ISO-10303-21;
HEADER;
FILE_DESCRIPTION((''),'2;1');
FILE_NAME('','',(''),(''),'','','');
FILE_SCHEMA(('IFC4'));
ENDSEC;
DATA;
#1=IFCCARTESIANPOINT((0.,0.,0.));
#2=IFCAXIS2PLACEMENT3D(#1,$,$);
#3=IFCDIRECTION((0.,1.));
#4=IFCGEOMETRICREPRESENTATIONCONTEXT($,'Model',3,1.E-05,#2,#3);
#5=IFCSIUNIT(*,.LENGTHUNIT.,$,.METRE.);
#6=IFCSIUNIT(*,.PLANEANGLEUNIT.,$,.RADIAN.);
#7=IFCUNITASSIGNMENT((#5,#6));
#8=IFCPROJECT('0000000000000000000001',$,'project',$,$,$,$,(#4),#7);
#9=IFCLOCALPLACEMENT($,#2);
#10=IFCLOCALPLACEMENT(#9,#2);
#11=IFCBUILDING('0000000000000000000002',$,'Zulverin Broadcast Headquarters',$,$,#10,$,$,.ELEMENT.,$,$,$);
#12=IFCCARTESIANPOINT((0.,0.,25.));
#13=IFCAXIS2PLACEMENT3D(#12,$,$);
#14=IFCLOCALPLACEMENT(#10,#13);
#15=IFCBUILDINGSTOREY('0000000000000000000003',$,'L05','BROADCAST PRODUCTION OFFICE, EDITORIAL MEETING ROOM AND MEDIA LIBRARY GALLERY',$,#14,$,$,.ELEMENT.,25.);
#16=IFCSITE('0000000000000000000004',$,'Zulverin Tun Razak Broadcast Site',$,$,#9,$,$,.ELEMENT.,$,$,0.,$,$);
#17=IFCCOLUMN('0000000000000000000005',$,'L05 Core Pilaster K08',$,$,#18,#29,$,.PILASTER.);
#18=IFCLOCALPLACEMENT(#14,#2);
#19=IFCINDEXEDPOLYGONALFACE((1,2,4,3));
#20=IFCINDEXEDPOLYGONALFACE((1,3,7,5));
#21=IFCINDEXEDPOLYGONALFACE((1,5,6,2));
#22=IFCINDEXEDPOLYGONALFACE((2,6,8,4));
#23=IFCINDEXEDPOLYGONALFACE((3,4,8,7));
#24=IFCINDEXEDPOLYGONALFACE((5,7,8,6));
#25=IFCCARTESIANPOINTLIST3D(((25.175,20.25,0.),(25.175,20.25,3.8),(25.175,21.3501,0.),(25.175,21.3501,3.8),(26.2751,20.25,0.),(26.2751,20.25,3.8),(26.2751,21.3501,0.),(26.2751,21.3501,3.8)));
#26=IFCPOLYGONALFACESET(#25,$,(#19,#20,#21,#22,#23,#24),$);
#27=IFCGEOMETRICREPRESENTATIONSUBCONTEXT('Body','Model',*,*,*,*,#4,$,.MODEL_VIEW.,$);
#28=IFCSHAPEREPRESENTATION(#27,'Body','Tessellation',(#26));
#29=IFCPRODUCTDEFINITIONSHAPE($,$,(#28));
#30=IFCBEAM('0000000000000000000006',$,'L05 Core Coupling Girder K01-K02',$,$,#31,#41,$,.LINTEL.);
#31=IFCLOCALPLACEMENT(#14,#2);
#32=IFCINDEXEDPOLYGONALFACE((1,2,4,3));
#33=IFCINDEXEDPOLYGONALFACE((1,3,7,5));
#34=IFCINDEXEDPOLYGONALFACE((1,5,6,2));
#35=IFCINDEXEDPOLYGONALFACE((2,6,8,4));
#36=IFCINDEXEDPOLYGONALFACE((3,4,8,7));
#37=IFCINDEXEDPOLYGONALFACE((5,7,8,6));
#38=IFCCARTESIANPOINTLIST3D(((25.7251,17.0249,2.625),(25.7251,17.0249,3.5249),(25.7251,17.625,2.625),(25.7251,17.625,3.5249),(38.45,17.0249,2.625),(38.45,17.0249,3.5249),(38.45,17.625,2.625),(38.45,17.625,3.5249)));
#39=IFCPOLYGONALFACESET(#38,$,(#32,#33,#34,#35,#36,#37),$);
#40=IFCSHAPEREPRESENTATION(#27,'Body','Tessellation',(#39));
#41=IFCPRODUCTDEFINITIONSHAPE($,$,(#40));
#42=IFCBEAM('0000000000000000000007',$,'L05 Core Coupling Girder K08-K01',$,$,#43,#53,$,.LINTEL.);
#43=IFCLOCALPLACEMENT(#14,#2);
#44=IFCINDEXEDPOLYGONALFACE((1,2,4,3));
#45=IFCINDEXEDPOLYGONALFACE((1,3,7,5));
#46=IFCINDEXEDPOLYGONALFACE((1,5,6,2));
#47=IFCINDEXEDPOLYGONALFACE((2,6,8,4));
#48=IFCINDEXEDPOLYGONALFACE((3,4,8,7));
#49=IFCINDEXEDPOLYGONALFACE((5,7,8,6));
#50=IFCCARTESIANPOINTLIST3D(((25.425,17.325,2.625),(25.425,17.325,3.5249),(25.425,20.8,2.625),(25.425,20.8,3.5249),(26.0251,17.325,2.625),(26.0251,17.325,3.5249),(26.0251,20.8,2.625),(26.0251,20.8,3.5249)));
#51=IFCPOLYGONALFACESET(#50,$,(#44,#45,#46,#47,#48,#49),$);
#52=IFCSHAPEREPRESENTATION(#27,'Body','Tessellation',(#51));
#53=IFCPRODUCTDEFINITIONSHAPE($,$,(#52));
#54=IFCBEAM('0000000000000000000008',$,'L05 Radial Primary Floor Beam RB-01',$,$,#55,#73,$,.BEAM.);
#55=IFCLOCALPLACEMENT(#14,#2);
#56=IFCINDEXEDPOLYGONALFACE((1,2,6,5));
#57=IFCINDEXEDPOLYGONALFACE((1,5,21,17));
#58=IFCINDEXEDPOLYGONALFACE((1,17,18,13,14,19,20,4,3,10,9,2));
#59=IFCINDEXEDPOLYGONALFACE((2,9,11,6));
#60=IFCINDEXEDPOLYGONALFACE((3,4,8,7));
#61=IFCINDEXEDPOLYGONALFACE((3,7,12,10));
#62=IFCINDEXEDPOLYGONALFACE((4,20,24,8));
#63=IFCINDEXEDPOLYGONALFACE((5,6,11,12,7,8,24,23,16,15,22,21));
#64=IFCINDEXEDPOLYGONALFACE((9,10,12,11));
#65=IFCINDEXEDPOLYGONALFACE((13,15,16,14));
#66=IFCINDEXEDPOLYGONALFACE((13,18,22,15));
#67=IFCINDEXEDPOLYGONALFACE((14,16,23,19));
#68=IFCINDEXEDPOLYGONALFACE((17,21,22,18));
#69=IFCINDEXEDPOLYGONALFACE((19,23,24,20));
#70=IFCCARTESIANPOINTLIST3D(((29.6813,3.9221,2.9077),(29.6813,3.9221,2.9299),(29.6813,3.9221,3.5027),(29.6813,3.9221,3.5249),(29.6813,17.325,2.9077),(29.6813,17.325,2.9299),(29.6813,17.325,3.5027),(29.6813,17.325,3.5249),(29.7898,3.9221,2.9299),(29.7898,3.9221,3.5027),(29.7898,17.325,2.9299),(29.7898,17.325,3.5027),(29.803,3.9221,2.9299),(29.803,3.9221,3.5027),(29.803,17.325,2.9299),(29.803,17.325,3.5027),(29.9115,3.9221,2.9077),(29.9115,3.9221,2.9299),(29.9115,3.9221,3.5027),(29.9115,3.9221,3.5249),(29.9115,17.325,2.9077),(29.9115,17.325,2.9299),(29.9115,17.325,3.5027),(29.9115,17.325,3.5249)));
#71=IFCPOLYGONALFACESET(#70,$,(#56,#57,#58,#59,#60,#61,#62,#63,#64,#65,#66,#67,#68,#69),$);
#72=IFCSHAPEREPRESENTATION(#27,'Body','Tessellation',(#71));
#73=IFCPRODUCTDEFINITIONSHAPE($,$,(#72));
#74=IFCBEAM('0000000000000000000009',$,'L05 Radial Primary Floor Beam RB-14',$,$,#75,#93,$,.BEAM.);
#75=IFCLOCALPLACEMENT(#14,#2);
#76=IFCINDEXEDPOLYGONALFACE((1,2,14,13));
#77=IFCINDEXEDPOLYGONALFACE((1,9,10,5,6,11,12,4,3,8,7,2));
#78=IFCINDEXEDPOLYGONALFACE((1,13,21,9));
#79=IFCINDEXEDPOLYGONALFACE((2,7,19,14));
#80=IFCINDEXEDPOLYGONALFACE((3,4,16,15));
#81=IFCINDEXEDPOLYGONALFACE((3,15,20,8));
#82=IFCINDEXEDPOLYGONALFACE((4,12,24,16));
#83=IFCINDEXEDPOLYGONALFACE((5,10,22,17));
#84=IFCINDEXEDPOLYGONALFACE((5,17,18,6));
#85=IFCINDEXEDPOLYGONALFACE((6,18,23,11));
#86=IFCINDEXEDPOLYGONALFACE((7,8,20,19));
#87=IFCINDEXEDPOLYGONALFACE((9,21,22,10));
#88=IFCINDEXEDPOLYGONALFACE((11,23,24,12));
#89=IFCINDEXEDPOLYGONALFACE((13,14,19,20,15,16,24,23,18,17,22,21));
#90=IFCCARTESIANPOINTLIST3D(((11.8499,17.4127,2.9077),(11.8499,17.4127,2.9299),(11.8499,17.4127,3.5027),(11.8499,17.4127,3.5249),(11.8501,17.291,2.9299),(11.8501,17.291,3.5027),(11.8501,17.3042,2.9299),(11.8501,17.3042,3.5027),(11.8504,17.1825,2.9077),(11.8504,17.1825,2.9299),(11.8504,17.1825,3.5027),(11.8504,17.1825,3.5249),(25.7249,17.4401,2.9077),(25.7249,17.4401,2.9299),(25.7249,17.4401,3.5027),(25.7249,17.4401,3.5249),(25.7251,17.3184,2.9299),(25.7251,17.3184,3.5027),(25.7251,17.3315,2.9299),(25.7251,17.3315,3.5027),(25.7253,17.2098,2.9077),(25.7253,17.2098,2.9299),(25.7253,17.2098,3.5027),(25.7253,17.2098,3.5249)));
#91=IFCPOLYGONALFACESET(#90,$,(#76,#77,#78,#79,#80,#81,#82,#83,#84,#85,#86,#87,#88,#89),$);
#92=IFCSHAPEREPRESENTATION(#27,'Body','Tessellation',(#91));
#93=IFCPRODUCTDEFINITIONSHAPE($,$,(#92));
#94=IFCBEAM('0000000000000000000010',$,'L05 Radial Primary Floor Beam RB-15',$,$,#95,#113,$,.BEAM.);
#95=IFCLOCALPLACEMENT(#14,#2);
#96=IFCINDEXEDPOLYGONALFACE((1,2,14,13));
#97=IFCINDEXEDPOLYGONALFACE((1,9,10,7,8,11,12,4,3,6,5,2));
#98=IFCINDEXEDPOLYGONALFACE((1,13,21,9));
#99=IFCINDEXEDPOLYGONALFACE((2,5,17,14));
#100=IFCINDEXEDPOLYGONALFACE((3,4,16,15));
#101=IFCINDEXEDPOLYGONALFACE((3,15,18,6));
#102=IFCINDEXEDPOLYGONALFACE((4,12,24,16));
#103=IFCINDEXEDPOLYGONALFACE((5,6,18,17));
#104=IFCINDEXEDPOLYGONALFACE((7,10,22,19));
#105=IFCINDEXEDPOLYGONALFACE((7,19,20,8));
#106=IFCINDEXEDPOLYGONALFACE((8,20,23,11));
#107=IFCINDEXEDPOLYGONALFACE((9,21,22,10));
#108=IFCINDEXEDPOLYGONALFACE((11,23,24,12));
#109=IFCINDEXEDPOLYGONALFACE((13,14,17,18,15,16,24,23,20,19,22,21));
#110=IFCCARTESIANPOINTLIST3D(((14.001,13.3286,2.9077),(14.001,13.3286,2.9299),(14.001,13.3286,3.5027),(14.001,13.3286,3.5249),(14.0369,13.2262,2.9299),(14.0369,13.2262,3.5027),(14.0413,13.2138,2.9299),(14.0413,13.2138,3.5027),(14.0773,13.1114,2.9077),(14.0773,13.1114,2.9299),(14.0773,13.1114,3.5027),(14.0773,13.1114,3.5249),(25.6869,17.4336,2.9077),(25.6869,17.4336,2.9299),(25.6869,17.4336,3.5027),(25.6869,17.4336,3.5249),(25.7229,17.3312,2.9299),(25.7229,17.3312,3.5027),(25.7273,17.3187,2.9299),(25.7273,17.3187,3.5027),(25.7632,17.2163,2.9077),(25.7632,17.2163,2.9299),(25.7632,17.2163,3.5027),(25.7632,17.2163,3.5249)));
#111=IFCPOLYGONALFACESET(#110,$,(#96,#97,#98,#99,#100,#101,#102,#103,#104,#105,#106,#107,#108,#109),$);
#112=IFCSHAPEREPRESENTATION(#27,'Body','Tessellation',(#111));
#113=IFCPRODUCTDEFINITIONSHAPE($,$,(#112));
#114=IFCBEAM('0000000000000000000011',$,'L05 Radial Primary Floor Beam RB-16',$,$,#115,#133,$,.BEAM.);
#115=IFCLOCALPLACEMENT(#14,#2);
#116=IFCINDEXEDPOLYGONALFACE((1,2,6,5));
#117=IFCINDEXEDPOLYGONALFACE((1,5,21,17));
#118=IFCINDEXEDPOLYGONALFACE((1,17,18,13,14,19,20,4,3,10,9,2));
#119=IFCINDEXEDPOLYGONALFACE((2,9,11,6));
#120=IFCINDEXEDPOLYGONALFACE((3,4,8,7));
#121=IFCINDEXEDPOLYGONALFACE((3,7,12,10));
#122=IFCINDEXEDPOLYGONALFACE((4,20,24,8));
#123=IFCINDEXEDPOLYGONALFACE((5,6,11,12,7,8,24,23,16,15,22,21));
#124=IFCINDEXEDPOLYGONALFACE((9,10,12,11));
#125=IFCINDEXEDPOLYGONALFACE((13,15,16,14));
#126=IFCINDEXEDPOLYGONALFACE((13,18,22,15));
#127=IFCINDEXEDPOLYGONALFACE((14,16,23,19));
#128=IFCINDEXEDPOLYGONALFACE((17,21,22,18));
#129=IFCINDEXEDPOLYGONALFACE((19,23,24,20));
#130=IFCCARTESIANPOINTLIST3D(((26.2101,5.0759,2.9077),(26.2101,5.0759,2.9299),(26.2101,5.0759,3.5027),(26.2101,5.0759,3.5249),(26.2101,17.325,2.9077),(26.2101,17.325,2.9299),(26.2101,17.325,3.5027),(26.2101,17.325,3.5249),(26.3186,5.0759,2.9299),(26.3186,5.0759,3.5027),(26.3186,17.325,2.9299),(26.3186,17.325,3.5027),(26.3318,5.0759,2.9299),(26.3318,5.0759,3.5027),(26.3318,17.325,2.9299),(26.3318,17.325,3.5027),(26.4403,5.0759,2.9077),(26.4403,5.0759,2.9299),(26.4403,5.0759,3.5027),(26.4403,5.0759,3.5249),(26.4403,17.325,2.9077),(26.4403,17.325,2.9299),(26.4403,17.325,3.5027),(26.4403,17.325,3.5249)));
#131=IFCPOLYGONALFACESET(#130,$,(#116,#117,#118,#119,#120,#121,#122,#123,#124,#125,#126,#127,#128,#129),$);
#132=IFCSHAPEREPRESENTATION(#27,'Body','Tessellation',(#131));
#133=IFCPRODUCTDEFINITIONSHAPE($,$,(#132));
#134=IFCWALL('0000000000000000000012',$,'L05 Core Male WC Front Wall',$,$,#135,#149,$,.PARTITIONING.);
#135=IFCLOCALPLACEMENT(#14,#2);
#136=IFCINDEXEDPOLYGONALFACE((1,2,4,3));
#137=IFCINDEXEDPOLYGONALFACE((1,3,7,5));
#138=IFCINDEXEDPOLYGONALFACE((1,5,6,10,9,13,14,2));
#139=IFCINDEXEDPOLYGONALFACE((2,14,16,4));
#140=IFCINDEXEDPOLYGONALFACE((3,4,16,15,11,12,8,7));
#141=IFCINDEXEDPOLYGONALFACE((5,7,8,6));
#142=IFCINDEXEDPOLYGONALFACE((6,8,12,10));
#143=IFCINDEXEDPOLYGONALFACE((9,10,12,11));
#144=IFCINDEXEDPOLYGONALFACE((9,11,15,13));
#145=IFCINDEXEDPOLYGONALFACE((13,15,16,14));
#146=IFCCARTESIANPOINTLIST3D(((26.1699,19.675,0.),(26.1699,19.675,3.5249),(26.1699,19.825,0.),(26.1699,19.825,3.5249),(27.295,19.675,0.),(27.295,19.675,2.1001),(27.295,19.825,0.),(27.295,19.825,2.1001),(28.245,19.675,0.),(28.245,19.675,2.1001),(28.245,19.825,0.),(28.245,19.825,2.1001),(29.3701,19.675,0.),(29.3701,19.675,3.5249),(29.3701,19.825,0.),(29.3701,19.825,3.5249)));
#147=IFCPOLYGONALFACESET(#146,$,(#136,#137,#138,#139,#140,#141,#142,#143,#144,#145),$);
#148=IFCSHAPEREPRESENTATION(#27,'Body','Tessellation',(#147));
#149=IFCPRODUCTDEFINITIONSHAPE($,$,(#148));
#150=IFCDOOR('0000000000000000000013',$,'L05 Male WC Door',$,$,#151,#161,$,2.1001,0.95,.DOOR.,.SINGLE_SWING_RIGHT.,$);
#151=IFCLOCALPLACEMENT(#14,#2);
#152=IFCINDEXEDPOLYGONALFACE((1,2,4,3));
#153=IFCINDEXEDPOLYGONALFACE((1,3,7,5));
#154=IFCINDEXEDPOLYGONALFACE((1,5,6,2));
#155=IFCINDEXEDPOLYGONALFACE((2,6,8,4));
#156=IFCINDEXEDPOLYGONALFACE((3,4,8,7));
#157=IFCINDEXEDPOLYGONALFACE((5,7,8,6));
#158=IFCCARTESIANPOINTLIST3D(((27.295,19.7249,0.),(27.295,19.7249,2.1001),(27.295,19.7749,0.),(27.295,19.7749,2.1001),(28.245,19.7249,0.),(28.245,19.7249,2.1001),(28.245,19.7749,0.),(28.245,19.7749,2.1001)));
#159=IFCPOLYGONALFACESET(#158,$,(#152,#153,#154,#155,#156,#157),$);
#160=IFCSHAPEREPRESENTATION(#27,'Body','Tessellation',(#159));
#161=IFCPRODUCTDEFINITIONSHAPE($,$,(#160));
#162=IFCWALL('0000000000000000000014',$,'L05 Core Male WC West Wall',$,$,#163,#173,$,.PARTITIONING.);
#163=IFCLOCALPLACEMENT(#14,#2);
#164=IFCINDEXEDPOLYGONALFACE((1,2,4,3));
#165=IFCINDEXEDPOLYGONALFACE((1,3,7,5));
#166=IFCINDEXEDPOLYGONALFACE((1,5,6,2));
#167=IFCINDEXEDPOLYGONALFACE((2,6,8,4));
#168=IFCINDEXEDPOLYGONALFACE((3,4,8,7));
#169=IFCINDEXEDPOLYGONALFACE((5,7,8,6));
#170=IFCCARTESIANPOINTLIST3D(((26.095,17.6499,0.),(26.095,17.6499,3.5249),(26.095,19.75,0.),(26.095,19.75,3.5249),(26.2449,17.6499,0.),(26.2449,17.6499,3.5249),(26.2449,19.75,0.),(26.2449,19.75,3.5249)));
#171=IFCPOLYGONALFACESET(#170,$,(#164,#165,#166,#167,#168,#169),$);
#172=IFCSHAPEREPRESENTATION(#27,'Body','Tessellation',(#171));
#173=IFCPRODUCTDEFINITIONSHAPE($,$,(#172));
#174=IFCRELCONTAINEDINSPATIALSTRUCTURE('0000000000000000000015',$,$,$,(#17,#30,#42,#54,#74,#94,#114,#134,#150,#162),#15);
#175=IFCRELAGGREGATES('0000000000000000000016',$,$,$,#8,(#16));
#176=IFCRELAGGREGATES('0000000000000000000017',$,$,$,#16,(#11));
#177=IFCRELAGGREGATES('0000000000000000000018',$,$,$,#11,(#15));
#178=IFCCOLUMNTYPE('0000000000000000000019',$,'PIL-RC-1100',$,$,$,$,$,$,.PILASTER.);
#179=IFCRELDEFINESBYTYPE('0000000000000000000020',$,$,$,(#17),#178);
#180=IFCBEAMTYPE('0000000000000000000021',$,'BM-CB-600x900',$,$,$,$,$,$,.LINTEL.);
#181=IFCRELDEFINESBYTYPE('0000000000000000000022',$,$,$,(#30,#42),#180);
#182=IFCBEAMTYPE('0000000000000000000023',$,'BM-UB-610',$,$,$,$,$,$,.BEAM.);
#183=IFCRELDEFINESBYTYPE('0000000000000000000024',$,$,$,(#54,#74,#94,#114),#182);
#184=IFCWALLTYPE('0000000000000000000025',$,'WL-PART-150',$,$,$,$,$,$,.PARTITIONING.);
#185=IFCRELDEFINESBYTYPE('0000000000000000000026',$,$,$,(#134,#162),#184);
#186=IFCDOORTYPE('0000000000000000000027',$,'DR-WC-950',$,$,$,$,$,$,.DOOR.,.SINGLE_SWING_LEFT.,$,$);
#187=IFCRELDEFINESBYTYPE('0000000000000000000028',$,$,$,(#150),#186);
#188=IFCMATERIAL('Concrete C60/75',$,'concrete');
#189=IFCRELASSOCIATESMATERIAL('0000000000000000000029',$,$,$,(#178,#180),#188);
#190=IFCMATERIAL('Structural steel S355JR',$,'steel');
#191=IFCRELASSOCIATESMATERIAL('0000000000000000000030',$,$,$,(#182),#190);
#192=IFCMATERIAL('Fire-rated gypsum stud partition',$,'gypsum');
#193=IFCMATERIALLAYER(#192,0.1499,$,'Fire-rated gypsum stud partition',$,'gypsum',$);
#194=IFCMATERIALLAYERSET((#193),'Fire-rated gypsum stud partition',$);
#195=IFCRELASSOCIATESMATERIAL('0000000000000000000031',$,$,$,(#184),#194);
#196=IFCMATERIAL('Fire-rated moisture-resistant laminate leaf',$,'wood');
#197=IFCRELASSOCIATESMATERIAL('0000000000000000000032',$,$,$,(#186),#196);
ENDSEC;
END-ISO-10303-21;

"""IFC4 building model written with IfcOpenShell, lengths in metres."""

from ifc_helpers import new_model, si_unit, direction, frame, frame_2d, origin, origin_2d, place, context, subcontext, project, spatial, rectangle, i_section, extrude, material, layer, layer_set, material_profile, profile_set, type_object, element, fill, save


model = new_model("IFC4")

# Units and contexts
model_context = context("Model", 3, precision=1e-05, world=origin(), true_north=direction((0.0, 1.0)))
body_context = subcontext(model_context, "Body", "Model", "MODEL_VIEW")
ifc_project = project(units=[si_unit("LENGTHUNIT", "METRE"), si_unit("PLANEANGLEUNIT", "RADIAN")], contexts=[model_context])

# Site, building, storey
site_placement = place(None, origin())
site = spatial("IfcSite", under=ifc_project, at=site_placement, Name="Zulverin Tun Razak Broadcast Site", CompositionType="ELEMENT", RefElevation=0.0)
building_placement = place(site_placement, origin())
building = spatial("IfcBuilding", under=site, at=building_placement, Name="Zulverin Broadcast Headquarters", CompositionType="ELEMENT")
storey_placement = place(building_placement, frame((0.0, 0.0, 25.0)))
storey = spatial("IfcBuildingStorey", under=building, at=storey_placement, Name="L05", Description="BROADCAST PRODUCTION OFFICE, EDITORIAL MEETING ROOM AND MEDIA LIBRARY GALLERY", CompositionType="ELEMENT", Elevation=25.0)

# Column
ifc_material_1 = material(Name="Concrete C60/75", Category="concrete")
ifc_material_profile_1 = material_profile(ifc_material_1, rectangle(XDim=1.1001, YDim=1.1001, at=origin_2d()), Name="Concrete C60/75", Category="concrete")
ifc_profile_set_1 = profile_set([ifc_material_profile_1], Name="Concrete C60/75")
column_type = type_object("IfcColumnType", Name="PIL-RC-1100", PredefinedType="PILASTER", material=ifc_profile_set_1)
column_placement = place(storey_placement, frame((25.7251, 20.8, 0.0), z_axis=(0.0, 0.0, 1.0), x_axis=(1.0, 0.0, 0.0)))
element("IfcColumn", 1, at=column_placement, inside=storey, type_object=column_type, Name="L05 Core Pilaster K08", PredefinedType="PILASTER", context=body_context, shape_type="SweptSolid", body=[
    extrude(rectangle(XDim=1.1001, YDim=1.1001, at=origin_2d()), origin(), (0.0, 0.0, 1.0), 3.8),
])

# Beams
ifc_material_profile_2 = material_profile(ifc_material_1, rectangle(XDim=0.6001, YDim=0.8999, at=origin_2d()), Name="Concrete C60/75", Category="concrete")
ifc_profile_set_2 = profile_set([ifc_material_profile_2], Name="Concrete C60/75")
beam_type_1 = type_object("IfcBeamType", Name="BM-CB-600x900", PredefinedType="LINTEL", material=ifc_profile_set_2)
beam_1_placement = place(storey_placement, frame((25.7251, 17.325, 3.075), z_axis=(1.0, 0.0, 0.0), x_axis=(0.0, 1.0, 0.0)))
element("IfcBeam", 2, at=beam_1_placement, inside=storey, type_object=beam_type_1, Name="L05 Core Coupling Girder K01-K02", PredefinedType="LINTEL", context=body_context, shape_type="SweptSolid", body=[
    extrude(rectangle(XDim=0.6001, YDim=0.8999, at=origin_2d()), origin(), (0.0, 0.0, 1.0), 12.7249),
])
beam_2_placement = place(storey_placement, frame((25.7251, 20.8, 3.075), z_axis=(0.0, -1.0, 0.0), x_axis=(1.0, 0.0, 0.0)))
element("IfcBeam", 3, at=beam_2_placement, inside=storey, type_object=beam_type_1, Name="L05 Core Coupling Girder K08-K01", PredefinedType="LINTEL", context=body_context, shape_type="SweptSolid", body=[
    extrude(rectangle(XDim=0.6001, YDim=0.8999, at=origin_2d()), origin(), (0.0, 0.0, 1.0), 3.4751),
])
ifc_material_2 = material(Name="Structural steel S355JR", Category="steel")
ifc_material_profile_3 = material_profile(ifc_material_2, i_section(OverallWidth=0.2302, OverallDepth=0.6172, WebThickness=0.0132, FlangeThickness=0.0222, at=origin_2d()), Name="Structural steel S355JR", Category="steel")
ifc_profile_set_3 = profile_set([ifc_material_profile_3], Name="Structural steel S355JR")
beam_type_2 = type_object("IfcBeamType", Name="BM-UB-610", PredefinedType="BEAM", material=ifc_profile_set_3)
beam_3_placement = place(storey_placement, frame((29.7964, 17.325, 3.2163), z_axis=(0.0, -1.0, 0.0), x_axis=(1.0, 0.0, 0.0)))
element("IfcBeam", 4, at=beam_3_placement, inside=storey, type_object=beam_type_2, Name="L05 Radial Primary Floor Beam RB-01", PredefinedType="BEAM", context=body_context, shape_type="SweptSolid", body=[
    extrude(i_section(OverallWidth=0.2302, OverallDepth=0.6172, WebThickness=0.0132, FlangeThickness=0.0222, at=origin_2d()), origin(), (0.0, 0.0, 1.0), 13.4028),
])
beam_4_placement = place(storey_placement, frame((25.7251, 17.325, 3.2163), z_axis=(-0.999998, -0.001971, 0.0), x_axis=(0.001971, -0.999998, 0.0)))
element("IfcBeam", 5, at=beam_4_placement, inside=storey, type_object=beam_type_2, Name="L05 Radial Primary Floor Beam RB-14", PredefinedType="BEAM", context=body_context, shape_type="SweptSolid", body=[
    extrude(i_section(OverallWidth=0.2302, OverallDepth=0.6172, WebThickness=0.0132, FlangeThickness=0.0222, at=origin_2d()), origin(), (0.0, 0.0, 1.0), 13.875),
])
beam_5_placement = place(storey_placement, frame((25.7251, 17.325, 3.2163), z_axis=(-0.943483, -0.33142, 0.0), x_axis=(0.33142, -0.943483, 0.0)))
element("IfcBeam", 6, at=beam_5_placement, inside=storey, type_object=beam_type_2, Name="L05 Radial Primary Floor Beam RB-15", PredefinedType="BEAM", context=body_context, shape_type="SweptSolid", body=[
    extrude(i_section(OverallWidth=0.2302, OverallDepth=0.6172, WebThickness=0.0132, FlangeThickness=0.0222, at=origin_2d()), origin(), (0.0, 0.0, 1.0), 12.386),
])
beam_6_placement = place(storey_placement, frame((26.3252, 17.325, 3.2163), z_axis=(0.0, -1.0, 0.0), x_axis=(1.0, 0.0, 0.0)))
element("IfcBeam", 7, at=beam_6_placement, inside=storey, type_object=beam_type_2, Name="L05 Radial Primary Floor Beam RB-16", PredefinedType="BEAM", context=body_context, shape_type="SweptSolid", body=[
    extrude(i_section(OverallWidth=0.2302, OverallDepth=0.6172, WebThickness=0.0132, FlangeThickness=0.0222, at=origin_2d()), origin(), (0.0, 0.0, 1.0), 12.249),
])

# Wall, opening, door
ifc_material_3 = material(Name="Fire-rated gypsum stud partition", Category="gypsum")
ifc_layer_1 = layer(ifc_material_3, 0.1499, Name="Fire-rated gypsum stud partition", Category="gypsum")
ifc_layer_set_1 = layer_set([ifc_layer_1], Name="Fire-rated gypsum stud partition")
wall_type_1 = type_object("IfcWallType", Name="WL-PART-150", PredefinedType="PARTITIONING", material=ifc_layer_set_1)
wall_1_placement = place(storey_placement, frame((26.1699, 19.75, 0.0), z_axis=(0.0, 0.0, 1.0), x_axis=(1.0, 0.0, 0.0)))
wall_1 = element("IfcWall", 8, at=wall_1_placement, inside=storey, type_object=wall_type_1, Name="L05 Core Male WC Front Wall", PredefinedType="PARTITIONING", context=body_context, shape_type="SweptSolid", body=[
    extrude(rectangle(XDim=3.2002, YDim=0.1499, at=frame_2d((1.6001, 0.0))), origin(), (0.0, 0.0, 1.0), 3.5249),
])
opening_1_placement = place(wall_1_placement, frame((1.125, 0.0, 0.0)))
opening_1 = element("IfcOpeningElement", 9, at=opening_1_placement, cuts=wall_1, PredefinedType="OPENING", context=body_context, shape_type="SweptSolid", body=[
    extrude(rectangle(XDim=0.95, YDim=2.1001, at=frame_2d((0.4751, 1.05))), frame((0.0, 0.085, 0.0), z_axis=(0.0, -1.0, 0.0), x_axis=(1.0, 0.0, 0.0)), (0.0, 0.0, 1.0), 0.1699),
])
ifc_material_4 = material(Name="Fire-rated moisture-resistant laminate leaf", Category="wood")
door_type_1 = type_object("IfcDoorType", Name="DR-WC-950", OperationType="SINGLE_SWING_LEFT", PredefinedType="DOOR", material=ifc_material_4)
door_1_placement = place(opening_1_placement, origin())
door_1 = element("IfcDoor", 10, at=door_1_placement, inside=storey, type_object=door_type_1, Name="L05 Male WC Door", OperationType="SINGLE_SWING_RIGHT", OverallHeight=2.1001, OverallWidth=0.95, PredefinedType="DOOR", context=body_context, shape_type="SweptSolid", body=[
    extrude(rectangle(XDim=0.95, YDim=2.1001, at=frame_2d((0.4751, 1.05))), frame((0.0, 0.0249, 0.0), z_axis=(0.0, -1.0, 0.0), x_axis=(1.0, 0.0, 0.0)), (0.0, 0.0, 1.0), 0.05),
])
fill(opening_1, door_1)

# Wall
wall_2_placement = place(storey_placement, frame((26.1699, 17.6499, 0.0), z_axis=(0.0, 0.0, 1.0), x_axis=(0.0, 1.0, 0.0)))
element("IfcWall", 11, at=wall_2_placement, inside=storey, type_object=wall_type_1, Name="L05 Core Male WC West Wall", PredefinedType="PARTITIONING", context=body_context, shape_type="SweptSolid", body=[
    extrude(rectangle(XDim=2.1001, YDim=0.1499, at=frame_2d((1.05, 0.0))), origin(), (0.0, 0.0, 1.0), 3.5249),
])

save(model, "model.ifc")
